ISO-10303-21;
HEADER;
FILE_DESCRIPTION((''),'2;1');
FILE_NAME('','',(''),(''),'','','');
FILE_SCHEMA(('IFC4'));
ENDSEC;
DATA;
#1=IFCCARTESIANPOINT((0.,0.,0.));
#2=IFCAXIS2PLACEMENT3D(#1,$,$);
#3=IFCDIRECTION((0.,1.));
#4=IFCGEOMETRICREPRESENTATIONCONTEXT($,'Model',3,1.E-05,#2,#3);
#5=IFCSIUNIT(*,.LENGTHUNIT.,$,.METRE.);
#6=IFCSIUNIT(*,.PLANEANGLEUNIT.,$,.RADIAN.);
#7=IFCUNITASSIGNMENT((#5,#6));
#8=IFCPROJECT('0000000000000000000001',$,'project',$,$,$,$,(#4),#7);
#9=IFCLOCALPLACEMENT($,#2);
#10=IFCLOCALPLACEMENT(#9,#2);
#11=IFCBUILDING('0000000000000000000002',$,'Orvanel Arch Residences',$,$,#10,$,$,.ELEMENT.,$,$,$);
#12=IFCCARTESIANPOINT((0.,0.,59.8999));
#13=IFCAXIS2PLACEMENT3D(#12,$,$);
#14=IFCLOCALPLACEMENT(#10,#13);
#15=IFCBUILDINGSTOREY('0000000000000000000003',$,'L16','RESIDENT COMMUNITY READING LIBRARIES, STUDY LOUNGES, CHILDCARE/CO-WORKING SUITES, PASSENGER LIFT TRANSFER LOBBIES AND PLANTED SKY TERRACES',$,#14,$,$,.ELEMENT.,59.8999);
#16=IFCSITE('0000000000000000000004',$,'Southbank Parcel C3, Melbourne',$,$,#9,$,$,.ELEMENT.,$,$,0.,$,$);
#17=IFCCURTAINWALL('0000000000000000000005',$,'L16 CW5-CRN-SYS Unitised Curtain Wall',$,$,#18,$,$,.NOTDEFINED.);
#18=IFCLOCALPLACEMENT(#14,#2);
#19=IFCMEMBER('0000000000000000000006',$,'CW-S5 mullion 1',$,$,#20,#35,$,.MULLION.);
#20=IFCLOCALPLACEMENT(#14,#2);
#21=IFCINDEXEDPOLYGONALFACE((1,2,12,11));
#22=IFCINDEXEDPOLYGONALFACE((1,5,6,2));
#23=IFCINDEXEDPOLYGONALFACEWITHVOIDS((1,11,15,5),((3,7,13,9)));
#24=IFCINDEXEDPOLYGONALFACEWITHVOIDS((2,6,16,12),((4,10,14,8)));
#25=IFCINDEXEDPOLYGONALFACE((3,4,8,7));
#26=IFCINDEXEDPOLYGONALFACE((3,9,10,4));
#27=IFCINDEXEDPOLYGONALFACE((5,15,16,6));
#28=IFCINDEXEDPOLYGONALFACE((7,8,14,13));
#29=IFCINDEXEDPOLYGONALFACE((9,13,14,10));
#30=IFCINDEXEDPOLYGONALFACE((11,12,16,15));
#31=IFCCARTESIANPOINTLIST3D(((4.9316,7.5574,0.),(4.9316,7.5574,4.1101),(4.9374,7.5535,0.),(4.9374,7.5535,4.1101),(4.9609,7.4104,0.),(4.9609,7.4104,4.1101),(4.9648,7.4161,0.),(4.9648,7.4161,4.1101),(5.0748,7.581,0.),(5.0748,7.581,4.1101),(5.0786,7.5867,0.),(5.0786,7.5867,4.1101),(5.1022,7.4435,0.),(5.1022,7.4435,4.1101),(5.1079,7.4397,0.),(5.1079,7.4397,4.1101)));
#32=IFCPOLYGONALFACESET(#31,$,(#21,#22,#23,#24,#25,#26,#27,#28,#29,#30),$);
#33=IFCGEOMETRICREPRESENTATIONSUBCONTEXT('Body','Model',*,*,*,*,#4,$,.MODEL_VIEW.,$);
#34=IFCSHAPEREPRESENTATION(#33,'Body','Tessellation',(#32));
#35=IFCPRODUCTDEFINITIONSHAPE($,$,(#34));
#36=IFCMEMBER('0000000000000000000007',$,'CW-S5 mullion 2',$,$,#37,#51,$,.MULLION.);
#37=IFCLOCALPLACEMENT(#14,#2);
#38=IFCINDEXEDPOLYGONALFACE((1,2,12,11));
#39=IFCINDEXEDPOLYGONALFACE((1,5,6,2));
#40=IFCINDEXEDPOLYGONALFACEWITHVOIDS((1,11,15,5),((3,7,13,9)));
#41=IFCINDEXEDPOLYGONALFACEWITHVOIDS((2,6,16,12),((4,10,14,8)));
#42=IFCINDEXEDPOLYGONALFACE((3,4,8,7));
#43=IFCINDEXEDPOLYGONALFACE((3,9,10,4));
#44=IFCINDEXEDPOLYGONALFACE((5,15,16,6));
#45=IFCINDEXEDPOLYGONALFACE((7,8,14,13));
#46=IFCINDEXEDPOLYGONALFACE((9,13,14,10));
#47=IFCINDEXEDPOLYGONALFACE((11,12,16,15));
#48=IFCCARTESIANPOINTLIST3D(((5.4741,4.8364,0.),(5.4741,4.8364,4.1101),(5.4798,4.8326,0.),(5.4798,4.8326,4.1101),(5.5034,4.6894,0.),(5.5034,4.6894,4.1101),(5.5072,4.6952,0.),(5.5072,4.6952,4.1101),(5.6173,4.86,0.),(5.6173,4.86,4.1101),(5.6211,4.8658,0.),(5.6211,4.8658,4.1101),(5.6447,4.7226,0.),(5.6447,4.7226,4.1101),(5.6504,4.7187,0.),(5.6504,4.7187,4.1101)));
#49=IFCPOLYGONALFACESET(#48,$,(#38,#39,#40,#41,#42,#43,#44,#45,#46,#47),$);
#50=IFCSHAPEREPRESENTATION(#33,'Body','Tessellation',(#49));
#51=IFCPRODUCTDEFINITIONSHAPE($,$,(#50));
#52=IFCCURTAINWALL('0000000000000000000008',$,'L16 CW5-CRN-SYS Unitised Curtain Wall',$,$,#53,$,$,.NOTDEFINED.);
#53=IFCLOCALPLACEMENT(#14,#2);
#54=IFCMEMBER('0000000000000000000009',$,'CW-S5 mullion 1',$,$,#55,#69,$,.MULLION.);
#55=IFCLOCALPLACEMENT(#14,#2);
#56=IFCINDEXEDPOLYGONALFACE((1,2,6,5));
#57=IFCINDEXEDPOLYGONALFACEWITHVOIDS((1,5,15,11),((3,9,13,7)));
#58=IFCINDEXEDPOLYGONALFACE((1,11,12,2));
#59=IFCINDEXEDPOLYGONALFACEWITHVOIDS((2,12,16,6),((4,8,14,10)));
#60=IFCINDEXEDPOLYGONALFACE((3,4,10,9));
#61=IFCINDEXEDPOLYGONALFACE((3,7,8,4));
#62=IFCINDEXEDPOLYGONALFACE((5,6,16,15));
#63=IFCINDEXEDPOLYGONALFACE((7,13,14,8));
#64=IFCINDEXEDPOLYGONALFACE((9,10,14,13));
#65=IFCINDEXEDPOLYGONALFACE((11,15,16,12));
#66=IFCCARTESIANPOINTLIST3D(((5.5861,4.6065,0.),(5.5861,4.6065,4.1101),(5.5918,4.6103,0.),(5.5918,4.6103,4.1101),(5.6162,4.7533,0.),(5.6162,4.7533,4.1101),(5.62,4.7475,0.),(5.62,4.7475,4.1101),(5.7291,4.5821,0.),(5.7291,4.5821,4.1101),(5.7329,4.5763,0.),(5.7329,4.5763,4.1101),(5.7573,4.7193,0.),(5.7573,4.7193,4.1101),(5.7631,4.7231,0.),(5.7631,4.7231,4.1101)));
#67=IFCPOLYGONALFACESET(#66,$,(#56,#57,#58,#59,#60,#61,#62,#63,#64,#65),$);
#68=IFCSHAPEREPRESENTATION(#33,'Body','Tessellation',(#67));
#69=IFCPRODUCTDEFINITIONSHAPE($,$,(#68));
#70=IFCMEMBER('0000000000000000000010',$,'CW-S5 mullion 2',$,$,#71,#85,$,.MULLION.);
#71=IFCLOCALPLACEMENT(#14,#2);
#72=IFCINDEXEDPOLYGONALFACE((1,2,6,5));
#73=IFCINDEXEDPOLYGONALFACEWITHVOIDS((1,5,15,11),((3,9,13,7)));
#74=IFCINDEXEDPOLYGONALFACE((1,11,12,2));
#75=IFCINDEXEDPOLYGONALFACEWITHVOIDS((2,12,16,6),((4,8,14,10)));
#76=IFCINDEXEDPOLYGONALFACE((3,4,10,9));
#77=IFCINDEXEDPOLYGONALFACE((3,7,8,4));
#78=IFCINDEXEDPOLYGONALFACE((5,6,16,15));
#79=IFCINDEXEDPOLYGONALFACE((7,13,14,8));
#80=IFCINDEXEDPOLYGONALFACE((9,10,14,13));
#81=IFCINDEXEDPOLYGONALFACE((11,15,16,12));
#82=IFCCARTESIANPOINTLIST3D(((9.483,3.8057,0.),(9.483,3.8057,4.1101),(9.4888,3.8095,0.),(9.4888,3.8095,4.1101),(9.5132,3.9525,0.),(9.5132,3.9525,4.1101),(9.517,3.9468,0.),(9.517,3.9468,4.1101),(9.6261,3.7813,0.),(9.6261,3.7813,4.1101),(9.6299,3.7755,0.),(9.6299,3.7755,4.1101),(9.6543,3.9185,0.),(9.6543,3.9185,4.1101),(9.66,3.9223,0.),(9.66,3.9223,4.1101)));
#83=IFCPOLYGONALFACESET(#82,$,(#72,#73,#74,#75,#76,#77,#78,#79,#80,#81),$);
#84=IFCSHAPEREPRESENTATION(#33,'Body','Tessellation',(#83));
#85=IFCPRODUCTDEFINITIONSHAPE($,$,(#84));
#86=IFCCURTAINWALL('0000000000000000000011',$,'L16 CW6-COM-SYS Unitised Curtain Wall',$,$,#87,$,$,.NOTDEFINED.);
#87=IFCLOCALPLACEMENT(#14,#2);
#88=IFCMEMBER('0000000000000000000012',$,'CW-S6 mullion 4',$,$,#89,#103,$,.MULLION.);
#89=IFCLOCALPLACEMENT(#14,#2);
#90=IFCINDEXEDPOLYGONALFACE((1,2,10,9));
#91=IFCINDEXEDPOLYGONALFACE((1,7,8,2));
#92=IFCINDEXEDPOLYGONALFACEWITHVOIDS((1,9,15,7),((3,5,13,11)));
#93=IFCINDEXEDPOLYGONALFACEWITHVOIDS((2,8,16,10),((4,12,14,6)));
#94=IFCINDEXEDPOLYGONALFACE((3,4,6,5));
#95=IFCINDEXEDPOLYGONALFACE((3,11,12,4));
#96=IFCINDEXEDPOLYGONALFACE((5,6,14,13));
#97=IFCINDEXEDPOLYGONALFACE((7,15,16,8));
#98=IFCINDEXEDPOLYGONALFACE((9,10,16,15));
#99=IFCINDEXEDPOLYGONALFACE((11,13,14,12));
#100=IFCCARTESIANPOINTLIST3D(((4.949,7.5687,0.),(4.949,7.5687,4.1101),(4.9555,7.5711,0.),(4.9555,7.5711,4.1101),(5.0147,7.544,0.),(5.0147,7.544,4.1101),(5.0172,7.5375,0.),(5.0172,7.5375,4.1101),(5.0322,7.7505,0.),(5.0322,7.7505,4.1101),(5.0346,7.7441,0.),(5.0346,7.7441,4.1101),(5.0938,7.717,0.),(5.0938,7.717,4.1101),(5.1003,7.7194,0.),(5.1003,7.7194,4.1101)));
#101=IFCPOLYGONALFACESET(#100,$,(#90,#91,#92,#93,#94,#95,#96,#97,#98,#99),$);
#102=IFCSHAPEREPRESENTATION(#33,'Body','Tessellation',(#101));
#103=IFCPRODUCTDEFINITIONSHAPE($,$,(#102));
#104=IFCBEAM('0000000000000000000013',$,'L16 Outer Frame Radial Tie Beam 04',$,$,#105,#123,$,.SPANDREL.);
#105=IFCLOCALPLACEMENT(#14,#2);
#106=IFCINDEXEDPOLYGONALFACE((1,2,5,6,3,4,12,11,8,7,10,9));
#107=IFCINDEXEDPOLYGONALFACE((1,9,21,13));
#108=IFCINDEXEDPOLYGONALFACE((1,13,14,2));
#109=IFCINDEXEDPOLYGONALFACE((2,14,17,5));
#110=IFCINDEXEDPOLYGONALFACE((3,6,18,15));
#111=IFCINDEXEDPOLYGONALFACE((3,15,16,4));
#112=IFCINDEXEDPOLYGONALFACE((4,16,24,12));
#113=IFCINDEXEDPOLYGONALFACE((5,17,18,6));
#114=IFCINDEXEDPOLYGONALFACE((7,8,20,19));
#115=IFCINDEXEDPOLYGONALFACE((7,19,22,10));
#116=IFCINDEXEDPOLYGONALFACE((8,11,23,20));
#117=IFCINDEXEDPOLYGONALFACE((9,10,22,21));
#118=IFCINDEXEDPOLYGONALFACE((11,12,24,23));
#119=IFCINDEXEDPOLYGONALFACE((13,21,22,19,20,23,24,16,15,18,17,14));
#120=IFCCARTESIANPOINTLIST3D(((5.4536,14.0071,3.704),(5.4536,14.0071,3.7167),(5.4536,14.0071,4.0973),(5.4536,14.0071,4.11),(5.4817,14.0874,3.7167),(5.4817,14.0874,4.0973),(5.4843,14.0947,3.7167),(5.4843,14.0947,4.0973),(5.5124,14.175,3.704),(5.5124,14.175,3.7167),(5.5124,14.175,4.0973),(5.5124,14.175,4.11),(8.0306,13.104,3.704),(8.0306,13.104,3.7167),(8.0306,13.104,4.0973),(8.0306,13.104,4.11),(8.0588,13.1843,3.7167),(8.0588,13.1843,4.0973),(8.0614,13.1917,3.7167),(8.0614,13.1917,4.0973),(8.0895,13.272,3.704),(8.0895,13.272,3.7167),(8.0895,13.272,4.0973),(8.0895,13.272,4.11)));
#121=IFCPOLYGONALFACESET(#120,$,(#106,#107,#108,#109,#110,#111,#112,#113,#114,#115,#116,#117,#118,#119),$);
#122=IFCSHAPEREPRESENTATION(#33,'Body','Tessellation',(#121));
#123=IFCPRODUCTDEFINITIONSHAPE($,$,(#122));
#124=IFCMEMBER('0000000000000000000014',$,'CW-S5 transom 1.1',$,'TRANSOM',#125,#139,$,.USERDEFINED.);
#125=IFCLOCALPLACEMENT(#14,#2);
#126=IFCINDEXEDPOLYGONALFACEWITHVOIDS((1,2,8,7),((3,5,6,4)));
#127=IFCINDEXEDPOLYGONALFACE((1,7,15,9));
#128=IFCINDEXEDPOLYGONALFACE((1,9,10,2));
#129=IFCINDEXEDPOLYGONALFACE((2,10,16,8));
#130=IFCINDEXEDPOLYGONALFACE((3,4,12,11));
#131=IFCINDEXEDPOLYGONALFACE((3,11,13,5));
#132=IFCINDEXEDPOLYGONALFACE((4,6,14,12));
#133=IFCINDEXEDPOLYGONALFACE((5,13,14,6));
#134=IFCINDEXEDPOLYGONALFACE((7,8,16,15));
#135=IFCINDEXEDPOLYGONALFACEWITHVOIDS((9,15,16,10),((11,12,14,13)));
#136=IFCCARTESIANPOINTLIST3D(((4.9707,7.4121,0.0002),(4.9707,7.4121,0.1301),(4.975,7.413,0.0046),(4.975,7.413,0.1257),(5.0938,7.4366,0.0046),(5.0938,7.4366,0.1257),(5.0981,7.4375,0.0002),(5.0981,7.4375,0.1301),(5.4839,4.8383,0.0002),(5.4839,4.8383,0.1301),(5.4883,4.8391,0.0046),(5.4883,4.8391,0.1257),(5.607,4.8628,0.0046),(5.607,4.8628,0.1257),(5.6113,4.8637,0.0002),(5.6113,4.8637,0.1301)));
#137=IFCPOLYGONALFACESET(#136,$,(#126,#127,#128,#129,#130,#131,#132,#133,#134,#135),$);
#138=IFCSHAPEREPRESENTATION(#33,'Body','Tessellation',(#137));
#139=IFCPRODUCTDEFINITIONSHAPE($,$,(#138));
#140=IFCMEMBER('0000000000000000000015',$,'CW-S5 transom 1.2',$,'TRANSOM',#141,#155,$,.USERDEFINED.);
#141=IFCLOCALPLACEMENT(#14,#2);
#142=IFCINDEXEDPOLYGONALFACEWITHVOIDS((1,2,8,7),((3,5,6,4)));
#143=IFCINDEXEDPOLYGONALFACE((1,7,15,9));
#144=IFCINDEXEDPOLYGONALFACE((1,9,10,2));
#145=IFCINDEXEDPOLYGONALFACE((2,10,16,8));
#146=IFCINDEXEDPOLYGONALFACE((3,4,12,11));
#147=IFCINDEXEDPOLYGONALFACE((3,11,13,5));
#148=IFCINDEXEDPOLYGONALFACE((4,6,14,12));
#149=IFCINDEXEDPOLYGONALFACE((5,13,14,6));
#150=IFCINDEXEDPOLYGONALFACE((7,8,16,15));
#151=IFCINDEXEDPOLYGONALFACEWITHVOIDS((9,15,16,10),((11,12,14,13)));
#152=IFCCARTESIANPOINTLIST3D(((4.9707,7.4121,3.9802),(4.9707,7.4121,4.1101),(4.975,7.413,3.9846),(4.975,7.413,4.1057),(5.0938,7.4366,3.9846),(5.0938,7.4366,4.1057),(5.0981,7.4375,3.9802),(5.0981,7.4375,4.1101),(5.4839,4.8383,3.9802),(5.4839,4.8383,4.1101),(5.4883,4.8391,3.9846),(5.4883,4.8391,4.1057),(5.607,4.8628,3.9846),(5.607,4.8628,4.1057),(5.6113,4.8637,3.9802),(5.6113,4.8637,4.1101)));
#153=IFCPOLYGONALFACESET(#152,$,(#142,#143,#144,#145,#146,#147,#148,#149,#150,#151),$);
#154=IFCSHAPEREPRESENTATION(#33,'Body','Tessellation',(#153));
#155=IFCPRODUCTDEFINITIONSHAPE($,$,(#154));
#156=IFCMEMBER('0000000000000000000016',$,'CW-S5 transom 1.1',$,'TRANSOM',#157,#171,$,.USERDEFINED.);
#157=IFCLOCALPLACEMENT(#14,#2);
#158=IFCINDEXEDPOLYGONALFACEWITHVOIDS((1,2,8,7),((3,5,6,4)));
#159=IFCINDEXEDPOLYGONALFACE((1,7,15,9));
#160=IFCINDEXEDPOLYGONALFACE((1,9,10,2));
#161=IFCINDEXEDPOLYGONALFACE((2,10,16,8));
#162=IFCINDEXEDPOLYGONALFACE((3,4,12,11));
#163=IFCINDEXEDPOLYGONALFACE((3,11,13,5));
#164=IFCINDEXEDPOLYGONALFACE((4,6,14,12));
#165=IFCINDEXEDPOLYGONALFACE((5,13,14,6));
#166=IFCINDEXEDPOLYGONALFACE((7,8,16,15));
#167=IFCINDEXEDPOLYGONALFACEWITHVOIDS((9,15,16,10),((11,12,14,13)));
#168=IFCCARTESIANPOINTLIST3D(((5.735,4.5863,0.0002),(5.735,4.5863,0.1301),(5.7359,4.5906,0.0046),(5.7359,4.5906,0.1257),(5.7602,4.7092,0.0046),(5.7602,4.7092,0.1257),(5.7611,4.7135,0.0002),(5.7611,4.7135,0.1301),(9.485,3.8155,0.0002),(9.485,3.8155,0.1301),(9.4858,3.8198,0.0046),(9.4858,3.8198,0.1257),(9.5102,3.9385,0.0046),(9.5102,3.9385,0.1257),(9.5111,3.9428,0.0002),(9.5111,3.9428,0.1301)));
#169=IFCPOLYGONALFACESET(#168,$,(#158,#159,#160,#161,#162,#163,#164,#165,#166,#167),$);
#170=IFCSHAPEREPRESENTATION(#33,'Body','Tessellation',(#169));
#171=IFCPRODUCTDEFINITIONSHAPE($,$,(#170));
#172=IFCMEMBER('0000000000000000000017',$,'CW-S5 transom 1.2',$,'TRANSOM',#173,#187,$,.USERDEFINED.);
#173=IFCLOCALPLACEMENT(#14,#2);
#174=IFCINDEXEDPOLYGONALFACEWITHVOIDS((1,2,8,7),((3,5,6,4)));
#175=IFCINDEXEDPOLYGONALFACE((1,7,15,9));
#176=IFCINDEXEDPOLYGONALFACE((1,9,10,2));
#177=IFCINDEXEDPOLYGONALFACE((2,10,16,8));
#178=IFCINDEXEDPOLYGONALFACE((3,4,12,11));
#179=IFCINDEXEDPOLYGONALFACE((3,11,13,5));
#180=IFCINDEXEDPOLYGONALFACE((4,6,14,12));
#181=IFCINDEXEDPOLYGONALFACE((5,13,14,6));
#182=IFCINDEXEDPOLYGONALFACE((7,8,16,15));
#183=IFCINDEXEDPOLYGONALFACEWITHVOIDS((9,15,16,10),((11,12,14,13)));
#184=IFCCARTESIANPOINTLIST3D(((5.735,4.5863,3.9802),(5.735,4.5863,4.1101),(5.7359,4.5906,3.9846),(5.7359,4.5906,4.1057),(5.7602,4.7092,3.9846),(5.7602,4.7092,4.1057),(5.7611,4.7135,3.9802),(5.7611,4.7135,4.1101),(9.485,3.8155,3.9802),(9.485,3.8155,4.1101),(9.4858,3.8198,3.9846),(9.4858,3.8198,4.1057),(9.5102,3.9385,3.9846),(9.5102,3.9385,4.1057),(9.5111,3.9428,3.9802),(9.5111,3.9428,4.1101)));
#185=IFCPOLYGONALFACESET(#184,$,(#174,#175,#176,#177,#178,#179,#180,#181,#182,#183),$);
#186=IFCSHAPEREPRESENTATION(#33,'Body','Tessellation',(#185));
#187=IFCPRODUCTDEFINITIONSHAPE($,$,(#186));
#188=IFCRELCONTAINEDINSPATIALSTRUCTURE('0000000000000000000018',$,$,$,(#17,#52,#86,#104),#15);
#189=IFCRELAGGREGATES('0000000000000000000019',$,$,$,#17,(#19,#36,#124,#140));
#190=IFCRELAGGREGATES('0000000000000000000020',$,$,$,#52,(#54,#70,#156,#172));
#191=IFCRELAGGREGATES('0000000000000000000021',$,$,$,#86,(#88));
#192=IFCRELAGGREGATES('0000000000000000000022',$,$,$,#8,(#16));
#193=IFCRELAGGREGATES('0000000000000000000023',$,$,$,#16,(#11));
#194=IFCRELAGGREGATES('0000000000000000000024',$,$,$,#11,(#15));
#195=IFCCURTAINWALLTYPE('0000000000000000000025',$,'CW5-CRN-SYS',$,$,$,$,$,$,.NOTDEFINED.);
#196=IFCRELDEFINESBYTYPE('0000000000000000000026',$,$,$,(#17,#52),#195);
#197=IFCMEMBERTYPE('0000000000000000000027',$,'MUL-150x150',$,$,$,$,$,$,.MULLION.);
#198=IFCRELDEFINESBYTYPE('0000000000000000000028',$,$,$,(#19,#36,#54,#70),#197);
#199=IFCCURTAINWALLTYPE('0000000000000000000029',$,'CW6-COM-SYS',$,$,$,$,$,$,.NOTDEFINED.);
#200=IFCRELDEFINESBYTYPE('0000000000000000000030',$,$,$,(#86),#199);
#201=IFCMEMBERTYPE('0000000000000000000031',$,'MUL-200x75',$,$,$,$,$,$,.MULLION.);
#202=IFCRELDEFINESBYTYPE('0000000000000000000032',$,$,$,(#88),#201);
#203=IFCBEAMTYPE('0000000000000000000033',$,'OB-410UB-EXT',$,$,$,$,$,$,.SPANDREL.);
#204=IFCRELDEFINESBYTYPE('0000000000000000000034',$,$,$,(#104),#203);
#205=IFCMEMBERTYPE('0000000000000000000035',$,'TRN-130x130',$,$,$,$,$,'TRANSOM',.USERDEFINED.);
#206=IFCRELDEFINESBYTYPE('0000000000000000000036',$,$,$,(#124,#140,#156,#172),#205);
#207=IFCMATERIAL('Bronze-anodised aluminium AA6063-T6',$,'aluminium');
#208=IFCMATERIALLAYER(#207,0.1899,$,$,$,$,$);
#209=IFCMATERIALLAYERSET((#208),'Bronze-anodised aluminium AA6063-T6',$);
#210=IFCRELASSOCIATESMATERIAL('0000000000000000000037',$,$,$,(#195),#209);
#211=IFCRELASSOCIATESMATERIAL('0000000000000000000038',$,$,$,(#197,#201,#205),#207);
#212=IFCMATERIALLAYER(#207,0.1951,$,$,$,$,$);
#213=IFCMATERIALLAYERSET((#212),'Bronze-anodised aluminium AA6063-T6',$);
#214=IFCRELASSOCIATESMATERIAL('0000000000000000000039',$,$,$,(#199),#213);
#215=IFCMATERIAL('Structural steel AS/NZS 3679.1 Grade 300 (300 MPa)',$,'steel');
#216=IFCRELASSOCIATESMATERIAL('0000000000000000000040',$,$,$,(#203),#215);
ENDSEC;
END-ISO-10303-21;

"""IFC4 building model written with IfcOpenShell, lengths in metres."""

from ifc_helpers import new_model, si_unit, direction, frame, origin, origin_2d, place, context, subcontext, project, spatial, hollow_rectangle, i_section, extrude, material, layer, layer_set, material_profile, profile_set, type_object, element, aggregate, save


model = new_model("IFC4")

# Units and contexts
model_context = context("Model", 3, precision=1e-05, world=origin(), true_north=direction((0.0, 1.0)))
body_context = subcontext(model_context, "Body", "Model", "MODEL_VIEW")
ifc_project = project(units=[si_unit("LENGTHUNIT", "METRE"), si_unit("PLANEANGLEUNIT", "RADIAN")], contexts=[model_context])

# Site, building, storey
site_placement = place(None, origin())
site = spatial("IfcSite", under=ifc_project, at=site_placement, Name="Southbank Parcel C3, Melbourne", CompositionType="ELEMENT", RefElevation=0.0)
building_placement = place(site_placement, origin())
building = spatial("IfcBuilding", under=site, at=building_placement, Name="Orvanel Arch Residences", CompositionType="ELEMENT")
storey_placement = place(building_placement, frame((0.0, 0.0, 59.8999)))
storey = spatial("IfcBuildingStorey", under=building, at=storey_placement, Name="L16", Description="RESIDENT COMMUNITY READING LIBRARIES, STUDY LOUNGES, CHILDCARE/CO-WORKING SUITES, PASSENGER LIFT TRANSFER LOBBIES AND PLANTED SKY TERRACES", CompositionType="ELEMENT", Elevation=59.8999)

# Curtain walls, members
ifc_material_1 = material(Name="Bronze-anodised aluminium AA6063-T6", Category="aluminium")
ifc_layer_1 = layer(ifc_material_1, 0.1899)
ifc_layer_set_1 = layer_set([ifc_layer_1], Name="Bronze-anodised aluminium AA6063-T6")
curtain_wall_type_1 = type_object("IfcCurtainWallType", Name="CW5-CRN-SYS", PredefinedType="NOTDEFINED", material=ifc_layer_set_1)
curtain_wall_1_placement = place(storey_placement, origin())
curtain_wall_1 = element("IfcCurtainWall", 1, at=curtain_wall_1_placement, inside=storey, type_object=curtain_wall_type_1, Name="L16 CW5-CRN-SYS Unitised Curtain Wall", PredefinedType="NOTDEFINED")
ifc_material_profile_1 = material_profile(ifc_material_1, hollow_rectangle(XDim=0.1499, YDim=0.1499, WallThickness=0.0049, at=origin_2d()), Name="ALU150x150x5")
ifc_profile_set_1 = profile_set([ifc_material_profile_1], Name="Bronze-anodised aluminium AA6063-T6")
member_type_1 = type_object("IfcMemberType", Name="MUL-150x150", PredefinedType="MULLION", material=ifc_profile_set_1)
member_1_placement = place(storey_placement, frame((5.0198, 7.4985, 0.0), z_axis=(0.0, 0.0, 1.0), x_axis=(0.980686, 0.19559, 0.0)))
member_1 = element("IfcMember", 2, at=member_1_placement, type_object=member_type_1, Name="CW-S5 mullion 1", PredefinedType="MULLION", context=body_context, shape_type="SweptSolid", body=[
    extrude(hollow_rectangle(XDim=0.1499, YDim=0.1499, WallThickness=0.0049, at=origin_2d()), origin(), (0.0, 0.0, 1.0), 4.1101),
])
member_2_placement = place(storey_placement, frame((5.5623, 4.7776, 0.0), z_axis=(0.0, 0.0, 1.0), x_axis=(0.980686, 0.19559, 0.0)))
member_2 = element("IfcMember", 3, at=member_2_placement, type_object=member_type_1, Name="CW-S5 mullion 2", PredefinedType="MULLION", context=body_context, shape_type="SweptSolid", body=[
    extrude(hollow_rectangle(XDim=0.1499, YDim=0.1499, WallThickness=0.0049, at=origin_2d()), origin(), (0.0, 0.0, 1.0), 4.1101),
])
curtain_wall_2_placement = place(storey_placement, origin())
curtain_wall_2 = element("IfcCurtainWall", 4, at=curtain_wall_2_placement, inside=storey, type_object=curtain_wall_type_1, Name="L16 CW5-CRN-SYS Unitised Curtain Wall", PredefinedType="NOTDEFINED")
member_3_placement = place(storey_placement, frame((5.6746, 4.6648, 0.0), z_axis=(0.0, 0.0, 1.0), x_axis=(0.201308, 0.979528, 0.0)))
member_3 = element("IfcMember", 5, at=member_3_placement, type_object=member_type_1, Name="CW-S5 mullion 1", PredefinedType="MULLION", context=body_context, shape_type="SweptSolid", body=[
    extrude(hollow_rectangle(XDim=0.1499, YDim=0.1499, WallThickness=0.0049, at=origin_2d()), origin(), (0.0, 0.0, 1.0), 4.1101),
])
member_4_placement = place(storey_placement, frame((9.5715, 3.864, 0.0), z_axis=(0.0, 0.0, 1.0), x_axis=(0.201308, 0.979528, 0.0)))
member_4 = element("IfcMember", 6, at=member_4_placement, type_object=member_type_1, Name="CW-S5 mullion 2", PredefinedType="MULLION", context=body_context, shape_type="SweptSolid", body=[
    extrude(hollow_rectangle(XDim=0.1499, YDim=0.1499, WallThickness=0.0049, at=origin_2d()), origin(), (0.0, 0.0, 1.0), 4.1101),
])

# Curtain wall, member
ifc_layer_2 = layer(ifc_material_1, 0.1951)
ifc_layer_set_2 = layer_set([ifc_layer_2], Name="Bronze-anodised aluminium AA6063-T6")
curtain_wall_type_2 = type_object("IfcCurtainWallType", Name="CW6-COM-SYS", PredefinedType="NOTDEFINED", material=ifc_layer_set_2)
curtain_wall_3_placement = place(storey_placement, origin())
curtain_wall_3 = element("IfcCurtainWall", 7, at=curtain_wall_3_placement, inside=storey, type_object=curtain_wall_type_2, Name="L16 CW6-COM-SYS Unitised Curtain Wall", PredefinedType="NOTDEFINED")
ifc_material_profile_2 = material_profile(ifc_material_1, hollow_rectangle(XDim=0.075, YDim=0.2, WallThickness=0.0049, at=origin_2d()), Name="ALU200x75x5")
ifc_profile_set_2 = profile_set([ifc_material_profile_2], Name="Bronze-anodised aluminium AA6063-T6")
member_type_2 = type_object("IfcMemberType", Name="MUL-200x75", PredefinedType="MULLION", material=ifc_profile_set_2)
member_5_placement = place(storey_placement, frame((5.0247, 7.644, 0.0), z_axis=(0.0, 0.0, 1.0), x_axis=(0.909406, -0.415909, 0.0)))
member_5 = element("IfcMember", 8, at=member_5_placement, type_object=member_type_2, Name="CW-S6 mullion 4", PredefinedType="MULLION", context=body_context, shape_type="SweptSolid", body=[
    extrude(hollow_rectangle(XDim=0.075, YDim=0.2, WallThickness=0.0049, at=origin_2d()), origin(), (0.0, 0.0, 1.0), 4.1101),
])

# Beam
ifc_material_2 = material(Name="Structural steel AS/NZS 3679.1 Grade 300 (300 MPa)", Category="steel")
ifc_material_profile_3 = material_profile(ifc_material_2, i_section(OverallWidth=0.178, OverallDepth=0.406, WebThickness=0.0078, FlangeThickness=0.0127, at=origin_2d()), Name="410UB59.7")
ifc_profile_set_3 = profile_set([ifc_material_profile_3], Name="Structural steel AS/NZS 3679.1 Grade 300 (300 MPa)")
beam_type = type_object("IfcBeamType", Name="OB-410UB-EXT", PredefinedType="SPANDREL", material=ifc_profile_set_3)
beam_placement = place(storey_placement, frame((8.0601, 13.188, 3.907), z_axis=(-0.943736, 0.330701, 0.0), x_axis=(-0.330701, -0.943736, 0.0)))
element("IfcBeam", 9, at=beam_placement, inside=storey, type_object=beam_type, Name="L16 Outer Frame Radial Tie Beam 04", PredefinedType="SPANDREL", context=body_context, shape_type="SweptSolid", body=[
    extrude(i_section(OverallWidth=0.178, OverallDepth=0.406, WebThickness=0.0078, FlangeThickness=0.0127, at=origin_2d()), origin(), (0.0, 0.0, 1.0), 2.7307),
])

# Members
ifc_material_profile_4 = material_profile(ifc_material_1, hollow_rectangle(XDim=0.1299, YDim=0.1299, WallThickness=0.0044, at=origin_2d()), Name="ALU130x130x4.5")
ifc_profile_set_4 = profile_set([ifc_material_profile_4], Name="Bronze-anodised aluminium AA6063-T6")
member_type_3 = type_object("IfcMemberType", Name="TRN-130x130", ElementType="TRANSOM", PredefinedType="USERDEFINED", material=ifc_profile_set_4)
member_6_placement = place(storey_placement, frame((5.0344, 7.4248, 0.0652), z_axis=(0.195544, -0.980695, 0.0), x_axis=(0.980695, 0.195544, 0.0)))
member_6 = element("IfcMember", 10, at=member_6_placement, type_object=member_type_3, Name="CW-S5 transom 1.1", ObjectType="TRANSOM", PredefinedType="USERDEFINED", context=body_context, shape_type="SweptSolid", body=[
    extrude(hollow_rectangle(XDim=0.1299, YDim=0.1299, WallThickness=0.0044, at=origin_2d()), origin(), (0.0, 0.0, 1.0), 2.6245),
])
member_7_placement = place(storey_placement, frame((5.0344, 7.4248, 4.0452), z_axis=(0.195544, -0.980695, 0.0), x_axis=(0.980695, 0.195544, 0.0)))
member_7 = element("IfcMember", 11, at=member_7_placement, type_object=member_type_3, Name="CW-S5 transom 1.2", ObjectType="TRANSOM", PredefinedType="USERDEFINED", context=body_context, shape_type="SweptSolid", body=[
    extrude(hollow_rectangle(XDim=0.1299, YDim=0.1299, WallThickness=0.0044, at=origin_2d()), origin(), (0.0, 0.0, 1.0), 2.6245),
])
member_8_placement = place(storey_placement, frame((5.748, 4.6499, 0.0652), z_axis=(0.979524, -0.201325, 0.0), x_axis=(0.201325, 0.979524, 0.0)))
member_8 = element("IfcMember", 12, at=member_8_placement, type_object=member_type_3, Name="CW-S5 transom 1.1", ObjectType="TRANSOM", PredefinedType="USERDEFINED", context=body_context, shape_type="SweptSolid", body=[
    extrude(hollow_rectangle(XDim=0.1299, YDim=0.1299, WallThickness=0.0044, at=origin_2d()), origin(), (0.0, 0.0, 1.0), 3.8284),
])
member_9_placement = place(storey_placement, frame((5.748, 4.6499, 4.0452), z_axis=(0.979524, -0.201325, 0.0), x_axis=(0.201325, 0.979524, 0.0)))
member_9 = element("IfcMember", 13, at=member_9_placement, type_object=member_type_3, Name="CW-S5 transom 1.2", ObjectType="TRANSOM", PredefinedType="USERDEFINED", context=body_context, shape_type="SweptSolid", body=[
    extrude(hollow_rectangle(XDim=0.1299, YDim=0.1299, WallThickness=0.0044, at=origin_2d()), origin(), (0.0, 0.0, 1.0), 3.8284),
])

aggregate(curtain_wall_1, [member_1, member_2, member_6, member_7])
aggregate(curtain_wall_2, [member_3, member_4, member_8, member_9])
aggregate(curtain_wall_3, [member_5])

save(model, "model.ifc")
